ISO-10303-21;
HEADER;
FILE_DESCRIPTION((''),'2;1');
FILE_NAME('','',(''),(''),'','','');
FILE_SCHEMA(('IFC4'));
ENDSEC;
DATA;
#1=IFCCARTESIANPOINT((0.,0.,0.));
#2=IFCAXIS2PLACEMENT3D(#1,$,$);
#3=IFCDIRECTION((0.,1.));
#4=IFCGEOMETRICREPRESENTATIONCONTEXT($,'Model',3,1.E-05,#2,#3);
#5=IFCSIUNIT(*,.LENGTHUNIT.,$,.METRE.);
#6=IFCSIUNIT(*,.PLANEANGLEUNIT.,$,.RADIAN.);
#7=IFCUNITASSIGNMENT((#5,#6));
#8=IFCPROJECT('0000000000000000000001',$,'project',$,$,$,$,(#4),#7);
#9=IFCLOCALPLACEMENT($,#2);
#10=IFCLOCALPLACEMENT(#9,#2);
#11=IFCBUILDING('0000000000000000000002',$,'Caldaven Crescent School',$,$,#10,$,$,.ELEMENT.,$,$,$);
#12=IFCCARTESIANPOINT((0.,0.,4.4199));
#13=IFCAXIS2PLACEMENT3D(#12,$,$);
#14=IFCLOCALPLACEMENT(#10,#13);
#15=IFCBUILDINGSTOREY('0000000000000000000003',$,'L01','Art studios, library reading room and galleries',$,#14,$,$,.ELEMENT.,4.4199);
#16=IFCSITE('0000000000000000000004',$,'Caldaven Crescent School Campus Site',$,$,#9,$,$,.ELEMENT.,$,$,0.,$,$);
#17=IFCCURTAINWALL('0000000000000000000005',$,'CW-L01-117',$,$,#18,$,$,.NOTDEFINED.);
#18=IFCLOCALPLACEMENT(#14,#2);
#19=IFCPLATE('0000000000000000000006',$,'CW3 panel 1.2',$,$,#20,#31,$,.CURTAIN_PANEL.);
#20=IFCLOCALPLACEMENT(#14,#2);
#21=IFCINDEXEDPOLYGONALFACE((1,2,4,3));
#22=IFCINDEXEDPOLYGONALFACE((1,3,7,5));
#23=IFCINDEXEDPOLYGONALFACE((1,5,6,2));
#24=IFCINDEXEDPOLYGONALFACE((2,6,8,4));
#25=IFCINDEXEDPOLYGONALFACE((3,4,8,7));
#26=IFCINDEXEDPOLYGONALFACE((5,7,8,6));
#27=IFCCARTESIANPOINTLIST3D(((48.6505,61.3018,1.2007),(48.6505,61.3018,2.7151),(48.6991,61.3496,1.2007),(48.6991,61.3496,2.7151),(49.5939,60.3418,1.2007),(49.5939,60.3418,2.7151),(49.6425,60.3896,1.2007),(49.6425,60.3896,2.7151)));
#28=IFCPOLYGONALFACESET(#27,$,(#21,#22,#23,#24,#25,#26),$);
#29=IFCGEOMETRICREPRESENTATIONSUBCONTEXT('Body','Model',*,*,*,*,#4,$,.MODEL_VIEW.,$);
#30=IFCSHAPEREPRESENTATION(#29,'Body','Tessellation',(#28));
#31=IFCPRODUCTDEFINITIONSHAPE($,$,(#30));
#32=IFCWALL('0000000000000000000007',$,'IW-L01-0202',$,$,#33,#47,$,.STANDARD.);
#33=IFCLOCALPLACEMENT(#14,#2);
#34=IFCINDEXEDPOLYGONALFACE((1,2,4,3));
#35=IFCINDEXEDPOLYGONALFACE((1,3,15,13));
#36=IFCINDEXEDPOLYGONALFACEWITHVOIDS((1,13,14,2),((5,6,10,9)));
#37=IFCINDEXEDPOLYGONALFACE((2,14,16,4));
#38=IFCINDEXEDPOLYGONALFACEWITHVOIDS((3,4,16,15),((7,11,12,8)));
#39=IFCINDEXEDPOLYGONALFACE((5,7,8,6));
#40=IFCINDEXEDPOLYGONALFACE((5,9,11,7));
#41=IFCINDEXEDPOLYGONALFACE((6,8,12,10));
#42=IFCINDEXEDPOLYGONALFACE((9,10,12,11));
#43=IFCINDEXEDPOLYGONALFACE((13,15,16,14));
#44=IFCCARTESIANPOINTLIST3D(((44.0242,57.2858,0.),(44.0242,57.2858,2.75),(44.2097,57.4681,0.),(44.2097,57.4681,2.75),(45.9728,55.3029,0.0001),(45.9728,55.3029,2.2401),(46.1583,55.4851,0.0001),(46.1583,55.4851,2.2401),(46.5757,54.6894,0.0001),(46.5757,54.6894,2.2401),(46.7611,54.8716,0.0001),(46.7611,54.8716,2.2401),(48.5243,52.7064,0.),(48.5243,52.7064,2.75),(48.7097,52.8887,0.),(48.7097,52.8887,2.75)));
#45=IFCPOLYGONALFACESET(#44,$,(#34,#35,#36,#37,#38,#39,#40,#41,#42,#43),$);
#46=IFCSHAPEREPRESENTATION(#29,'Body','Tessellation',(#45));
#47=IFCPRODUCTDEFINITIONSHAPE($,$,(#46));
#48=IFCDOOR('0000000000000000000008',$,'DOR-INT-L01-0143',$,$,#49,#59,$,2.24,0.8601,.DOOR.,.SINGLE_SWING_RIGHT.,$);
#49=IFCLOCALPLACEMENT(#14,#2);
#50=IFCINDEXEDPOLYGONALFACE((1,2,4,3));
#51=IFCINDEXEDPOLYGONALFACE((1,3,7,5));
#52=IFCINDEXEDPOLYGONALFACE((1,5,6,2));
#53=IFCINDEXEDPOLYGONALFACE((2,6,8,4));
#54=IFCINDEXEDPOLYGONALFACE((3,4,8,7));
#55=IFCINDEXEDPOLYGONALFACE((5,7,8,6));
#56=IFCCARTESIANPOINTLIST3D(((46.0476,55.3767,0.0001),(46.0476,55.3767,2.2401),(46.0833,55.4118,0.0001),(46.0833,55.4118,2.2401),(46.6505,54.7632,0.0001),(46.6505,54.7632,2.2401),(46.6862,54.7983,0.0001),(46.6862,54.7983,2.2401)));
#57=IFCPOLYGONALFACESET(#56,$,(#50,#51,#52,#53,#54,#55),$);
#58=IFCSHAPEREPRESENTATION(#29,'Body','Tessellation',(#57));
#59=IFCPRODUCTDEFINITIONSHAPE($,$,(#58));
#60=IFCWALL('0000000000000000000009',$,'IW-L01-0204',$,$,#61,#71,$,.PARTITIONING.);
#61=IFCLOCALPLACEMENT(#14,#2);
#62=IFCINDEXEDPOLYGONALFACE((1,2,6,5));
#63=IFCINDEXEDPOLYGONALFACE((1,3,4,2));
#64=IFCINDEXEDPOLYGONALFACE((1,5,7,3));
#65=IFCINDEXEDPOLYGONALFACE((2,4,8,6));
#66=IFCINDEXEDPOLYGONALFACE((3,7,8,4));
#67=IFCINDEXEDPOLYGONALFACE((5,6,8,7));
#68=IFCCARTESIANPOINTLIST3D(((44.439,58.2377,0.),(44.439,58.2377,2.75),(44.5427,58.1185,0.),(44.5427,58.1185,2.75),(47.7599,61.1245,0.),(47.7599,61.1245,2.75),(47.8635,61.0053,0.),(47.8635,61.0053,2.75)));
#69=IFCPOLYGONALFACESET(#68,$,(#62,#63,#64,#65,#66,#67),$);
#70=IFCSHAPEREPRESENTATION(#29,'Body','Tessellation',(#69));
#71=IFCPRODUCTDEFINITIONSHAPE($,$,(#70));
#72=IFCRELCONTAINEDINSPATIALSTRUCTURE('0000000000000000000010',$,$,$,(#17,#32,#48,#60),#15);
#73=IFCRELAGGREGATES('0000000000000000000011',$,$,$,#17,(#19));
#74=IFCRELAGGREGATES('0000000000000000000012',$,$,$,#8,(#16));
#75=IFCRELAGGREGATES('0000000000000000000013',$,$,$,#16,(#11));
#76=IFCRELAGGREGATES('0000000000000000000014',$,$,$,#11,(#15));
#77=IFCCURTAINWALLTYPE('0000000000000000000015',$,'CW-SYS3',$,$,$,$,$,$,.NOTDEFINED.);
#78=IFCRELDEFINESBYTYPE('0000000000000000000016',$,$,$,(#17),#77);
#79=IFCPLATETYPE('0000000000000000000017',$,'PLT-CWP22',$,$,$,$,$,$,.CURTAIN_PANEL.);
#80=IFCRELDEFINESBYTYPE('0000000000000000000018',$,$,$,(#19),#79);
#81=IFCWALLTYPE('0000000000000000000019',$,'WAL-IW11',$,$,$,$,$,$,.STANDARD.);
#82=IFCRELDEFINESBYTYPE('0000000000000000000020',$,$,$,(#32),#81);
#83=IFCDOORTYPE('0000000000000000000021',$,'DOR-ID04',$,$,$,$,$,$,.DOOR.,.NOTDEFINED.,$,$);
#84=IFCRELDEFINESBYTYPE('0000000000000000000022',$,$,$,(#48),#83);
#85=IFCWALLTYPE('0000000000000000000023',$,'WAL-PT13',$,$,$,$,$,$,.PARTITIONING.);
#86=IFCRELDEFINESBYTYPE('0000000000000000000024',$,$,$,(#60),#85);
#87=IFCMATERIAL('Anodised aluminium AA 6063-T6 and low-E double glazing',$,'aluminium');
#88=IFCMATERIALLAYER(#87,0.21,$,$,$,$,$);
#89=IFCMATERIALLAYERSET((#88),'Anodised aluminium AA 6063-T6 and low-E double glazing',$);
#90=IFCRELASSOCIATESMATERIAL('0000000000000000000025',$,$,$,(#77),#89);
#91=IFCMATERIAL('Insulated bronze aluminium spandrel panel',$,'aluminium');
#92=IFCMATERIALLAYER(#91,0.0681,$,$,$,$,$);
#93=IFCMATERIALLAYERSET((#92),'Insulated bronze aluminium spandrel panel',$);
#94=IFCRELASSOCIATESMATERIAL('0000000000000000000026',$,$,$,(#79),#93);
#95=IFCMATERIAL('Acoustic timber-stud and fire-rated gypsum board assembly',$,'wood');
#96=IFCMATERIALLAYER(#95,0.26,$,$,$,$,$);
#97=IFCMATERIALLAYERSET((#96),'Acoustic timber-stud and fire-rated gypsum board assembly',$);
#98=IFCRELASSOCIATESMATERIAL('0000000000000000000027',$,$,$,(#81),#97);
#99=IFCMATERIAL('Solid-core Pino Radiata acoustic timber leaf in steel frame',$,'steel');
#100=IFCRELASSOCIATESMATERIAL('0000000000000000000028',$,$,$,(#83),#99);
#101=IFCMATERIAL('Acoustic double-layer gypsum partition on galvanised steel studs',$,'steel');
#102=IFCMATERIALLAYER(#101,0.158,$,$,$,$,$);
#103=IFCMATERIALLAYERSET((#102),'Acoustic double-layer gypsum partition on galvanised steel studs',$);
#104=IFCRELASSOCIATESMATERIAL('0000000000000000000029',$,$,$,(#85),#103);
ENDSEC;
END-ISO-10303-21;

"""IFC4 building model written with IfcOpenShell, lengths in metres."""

from ifc_helpers import new_model, si_unit, direction, frame, frame_2d, origin, origin_2d, place, context, subcontext, project, spatial, rectangle, extrude, material, layer, layer_set, type_object, element, fill, aggregate, save


model = new_model("IFC4")

# Units and contexts
model_context = context("Model", 3, precision=1e-05, world=origin(), true_north=direction((0.0, 1.0)))
body_context = subcontext(model_context, "Body", "Model", "MODEL_VIEW")
ifc_project = project(units=[si_unit("LENGTHUNIT", "METRE"), si_unit("PLANEANGLEUNIT", "RADIAN")], contexts=[model_context])

# Site, building, storey
site_placement = place(None, origin())
site = spatial("IfcSite", under=ifc_project, at=site_placement, Name="Caldaven Crescent School Campus Site", CompositionType="ELEMENT", RefElevation=0.0)
building_placement = place(site_placement, origin())
building = spatial("IfcBuilding", under=site, at=building_placement, Name="Caldaven Crescent School", CompositionType="ELEMENT")
storey_placement = place(building_placement, frame((0.0, 0.0, 4.4199)))
storey = spatial("IfcBuildingStorey", under=building, at=storey_placement, Name="L01", Description="Art studios, library reading room and galleries", CompositionType="ELEMENT", Elevation=4.4199)

# Curtain wall
ifc_material_1 = material(Name="Anodised aluminium AA 6063-T6 and low-E double glazing", Category="aluminium")
ifc_layer_1 = layer(ifc_material_1, 0.21)
ifc_layer_set_1 = layer_set([ifc_layer_1], Name="Anodised aluminium AA 6063-T6 and low-E double glazing")
curtain_wall_type = type_object("IfcCurtainWallType", Name="CW-SYS3", PredefinedType="NOTDEFINED", material=ifc_layer_set_1)
curtain_wall_placement = place(storey_placement, origin())
curtain_wall = element("IfcCurtainWall", 1, at=curtain_wall_placement, inside=storey, type_object=curtain_wall_type, Name="CW-L01-117", PredefinedType="NOTDEFINED")

# Plate
ifc_material_2 = material(Name="Insulated bronze aluminium spandrel panel", Category="aluminium")
ifc_layer_2 = layer(ifc_material_2, 0.0681)
ifc_layer_set_2 = layer_set([ifc_layer_2], Name="Insulated bronze aluminium spandrel panel")
plate_type = type_object("IfcPlateType", Name="PLT-CWP22", PredefinedType="CURTAIN_PANEL", material=ifc_layer_set_2)
plate_1_placement = place(storey_placement, frame((49.1465, 60.8457, 1.2007), z_axis=(0.0, 0.0, 1.0), x_axis=(0.700909, -0.713251, 0.0)))
plate_1 = element("IfcPlate", 2, at=plate_1_placement, type_object=plate_type, Name="CW3 panel 1.2", PredefinedType="CURTAIN_PANEL", context=body_context, shape_type="SweptSolid", body=[
    extrude(rectangle(XDim=1.3459, YDim=0.0681, at=origin_2d()), origin(), (0.0, 0.0, 1.0), 1.5144),
])
aggregate(curtain_wall, [plate_1])

# Wall, opening, door
ifc_material_3 = material(Name="Acoustic timber-stud and fire-rated gypsum board assembly", Category="wood")
ifc_layer_3 = layer(ifc_material_3, 0.26)
ifc_layer_set_3 = layer_set([ifc_layer_3], Name="Acoustic timber-stud and fire-rated gypsum board assembly")
wall_type_1 = type_object("IfcWallType", Name="WAL-IW11", PredefinedType="STANDARD", material=ifc_layer_set_3)
wall_1_placement = place(storey_placement, frame((44.1169, 57.377, 0.0), z_axis=(0.0, 0.0, 1.0), x_axis=(0.700901, -0.713259, 0.0)))
wall_1 = element("IfcWall", 3, at=wall_1_placement, inside=storey, type_object=wall_type_1, Name="IW-L01-0202", PredefinedType="STANDARD", context=body_context, shape_type="SweptSolid", body=[
    extrude(rectangle(XDim=6.4204, YDim=0.26, at=frame_2d((3.2102, 0.0))), origin(), (0.0, 0.0, 1.0), 2.75),
])
opening_1_placement = place(wall_1_placement, frame((2.78, 0.0, 0.0)))
opening_1 = element("IfcOpeningElement", 4, at=opening_1_placement, cuts=wall_1, PredefinedType="OPENING", context=body_context, shape_type="SweptSolid", body=[
    extrude(rectangle(XDim=0.8601, YDim=2.24, at=frame_2d((0.4302, 1.1201))), frame((0.0, 0.1399, 0.0), z_axis=(0.0, -1.0, 0.0), x_axis=(1.0, 0.0, 0.0)), (0.0, 0.0, 1.0), 0.28),
])
ifc_material_4 = material(Name="Solid-core Pino Radiata acoustic timber leaf in steel frame", Category="steel")
door_type_1 = type_object("IfcDoorType", Name="DOR-ID04", OperationType="NOTDEFINED", PredefinedType="DOOR", material=ifc_material_4)
door_1_placement = place(opening_1_placement, frame((0.8601, 0.0, 0.0), z_axis=(0.0, 0.0, 1.0), x_axis=(-1.0, 0.0, 0.0)))
door_1 = element("IfcDoor", 5, at=door_1_placement, inside=storey, type_object=door_type_1, Name="DOR-INT-L01-0143", OperationType="SINGLE_SWING_RIGHT", OverallHeight=2.24, OverallWidth=0.8601, PredefinedType="DOOR", context=body_context, shape_type="SweptSolid", body=[
    extrude(rectangle(XDim=0.8601, YDim=2.24, at=frame_2d((0.4302, 1.1201))), frame((0.0, 0.0249, 0.0), z_axis=(0.0, -1.0, 0.0), x_axis=(1.0, 0.0, 0.0)), (0.0, 0.0, 1.0), 0.05),
])
fill(opening_1, door_1)

# Wall
ifc_material_5 = material(Name="Acoustic double-layer gypsum partition on galvanised steel studs", Category="steel")
ifc_layer_4 = layer(ifc_material_5, 0.158)
ifc_layer_set_4 = layer_set([ifc_layer_4], Name="Acoustic double-layer gypsum partition on galvanised steel studs")
wall_type_2 = type_object("IfcWallType", Name="WAL-PT13", PredefinedType="PARTITIONING", material=ifc_layer_set_4)
wall_2_placement = place(storey_placement, frame((47.8118, 61.0649, 0.0), z_axis=(0.0, 0.0, 1.0), x_axis=(-0.754711, -0.656058, 0.0)))
element("IfcWall", 6, at=wall_2_placement, inside=storey, type_object=wall_type_2, Name="IW-L01-0204", PredefinedType="PARTITIONING", context=body_context, shape_type="SweptSolid", body=[
    extrude(rectangle(XDim=4.4001, YDim=0.158, at=frame_2d((2.2002, 0.0))), origin(), (0.0, 0.0, 1.0), 2.75),
])

save(model, "model.ifc")
